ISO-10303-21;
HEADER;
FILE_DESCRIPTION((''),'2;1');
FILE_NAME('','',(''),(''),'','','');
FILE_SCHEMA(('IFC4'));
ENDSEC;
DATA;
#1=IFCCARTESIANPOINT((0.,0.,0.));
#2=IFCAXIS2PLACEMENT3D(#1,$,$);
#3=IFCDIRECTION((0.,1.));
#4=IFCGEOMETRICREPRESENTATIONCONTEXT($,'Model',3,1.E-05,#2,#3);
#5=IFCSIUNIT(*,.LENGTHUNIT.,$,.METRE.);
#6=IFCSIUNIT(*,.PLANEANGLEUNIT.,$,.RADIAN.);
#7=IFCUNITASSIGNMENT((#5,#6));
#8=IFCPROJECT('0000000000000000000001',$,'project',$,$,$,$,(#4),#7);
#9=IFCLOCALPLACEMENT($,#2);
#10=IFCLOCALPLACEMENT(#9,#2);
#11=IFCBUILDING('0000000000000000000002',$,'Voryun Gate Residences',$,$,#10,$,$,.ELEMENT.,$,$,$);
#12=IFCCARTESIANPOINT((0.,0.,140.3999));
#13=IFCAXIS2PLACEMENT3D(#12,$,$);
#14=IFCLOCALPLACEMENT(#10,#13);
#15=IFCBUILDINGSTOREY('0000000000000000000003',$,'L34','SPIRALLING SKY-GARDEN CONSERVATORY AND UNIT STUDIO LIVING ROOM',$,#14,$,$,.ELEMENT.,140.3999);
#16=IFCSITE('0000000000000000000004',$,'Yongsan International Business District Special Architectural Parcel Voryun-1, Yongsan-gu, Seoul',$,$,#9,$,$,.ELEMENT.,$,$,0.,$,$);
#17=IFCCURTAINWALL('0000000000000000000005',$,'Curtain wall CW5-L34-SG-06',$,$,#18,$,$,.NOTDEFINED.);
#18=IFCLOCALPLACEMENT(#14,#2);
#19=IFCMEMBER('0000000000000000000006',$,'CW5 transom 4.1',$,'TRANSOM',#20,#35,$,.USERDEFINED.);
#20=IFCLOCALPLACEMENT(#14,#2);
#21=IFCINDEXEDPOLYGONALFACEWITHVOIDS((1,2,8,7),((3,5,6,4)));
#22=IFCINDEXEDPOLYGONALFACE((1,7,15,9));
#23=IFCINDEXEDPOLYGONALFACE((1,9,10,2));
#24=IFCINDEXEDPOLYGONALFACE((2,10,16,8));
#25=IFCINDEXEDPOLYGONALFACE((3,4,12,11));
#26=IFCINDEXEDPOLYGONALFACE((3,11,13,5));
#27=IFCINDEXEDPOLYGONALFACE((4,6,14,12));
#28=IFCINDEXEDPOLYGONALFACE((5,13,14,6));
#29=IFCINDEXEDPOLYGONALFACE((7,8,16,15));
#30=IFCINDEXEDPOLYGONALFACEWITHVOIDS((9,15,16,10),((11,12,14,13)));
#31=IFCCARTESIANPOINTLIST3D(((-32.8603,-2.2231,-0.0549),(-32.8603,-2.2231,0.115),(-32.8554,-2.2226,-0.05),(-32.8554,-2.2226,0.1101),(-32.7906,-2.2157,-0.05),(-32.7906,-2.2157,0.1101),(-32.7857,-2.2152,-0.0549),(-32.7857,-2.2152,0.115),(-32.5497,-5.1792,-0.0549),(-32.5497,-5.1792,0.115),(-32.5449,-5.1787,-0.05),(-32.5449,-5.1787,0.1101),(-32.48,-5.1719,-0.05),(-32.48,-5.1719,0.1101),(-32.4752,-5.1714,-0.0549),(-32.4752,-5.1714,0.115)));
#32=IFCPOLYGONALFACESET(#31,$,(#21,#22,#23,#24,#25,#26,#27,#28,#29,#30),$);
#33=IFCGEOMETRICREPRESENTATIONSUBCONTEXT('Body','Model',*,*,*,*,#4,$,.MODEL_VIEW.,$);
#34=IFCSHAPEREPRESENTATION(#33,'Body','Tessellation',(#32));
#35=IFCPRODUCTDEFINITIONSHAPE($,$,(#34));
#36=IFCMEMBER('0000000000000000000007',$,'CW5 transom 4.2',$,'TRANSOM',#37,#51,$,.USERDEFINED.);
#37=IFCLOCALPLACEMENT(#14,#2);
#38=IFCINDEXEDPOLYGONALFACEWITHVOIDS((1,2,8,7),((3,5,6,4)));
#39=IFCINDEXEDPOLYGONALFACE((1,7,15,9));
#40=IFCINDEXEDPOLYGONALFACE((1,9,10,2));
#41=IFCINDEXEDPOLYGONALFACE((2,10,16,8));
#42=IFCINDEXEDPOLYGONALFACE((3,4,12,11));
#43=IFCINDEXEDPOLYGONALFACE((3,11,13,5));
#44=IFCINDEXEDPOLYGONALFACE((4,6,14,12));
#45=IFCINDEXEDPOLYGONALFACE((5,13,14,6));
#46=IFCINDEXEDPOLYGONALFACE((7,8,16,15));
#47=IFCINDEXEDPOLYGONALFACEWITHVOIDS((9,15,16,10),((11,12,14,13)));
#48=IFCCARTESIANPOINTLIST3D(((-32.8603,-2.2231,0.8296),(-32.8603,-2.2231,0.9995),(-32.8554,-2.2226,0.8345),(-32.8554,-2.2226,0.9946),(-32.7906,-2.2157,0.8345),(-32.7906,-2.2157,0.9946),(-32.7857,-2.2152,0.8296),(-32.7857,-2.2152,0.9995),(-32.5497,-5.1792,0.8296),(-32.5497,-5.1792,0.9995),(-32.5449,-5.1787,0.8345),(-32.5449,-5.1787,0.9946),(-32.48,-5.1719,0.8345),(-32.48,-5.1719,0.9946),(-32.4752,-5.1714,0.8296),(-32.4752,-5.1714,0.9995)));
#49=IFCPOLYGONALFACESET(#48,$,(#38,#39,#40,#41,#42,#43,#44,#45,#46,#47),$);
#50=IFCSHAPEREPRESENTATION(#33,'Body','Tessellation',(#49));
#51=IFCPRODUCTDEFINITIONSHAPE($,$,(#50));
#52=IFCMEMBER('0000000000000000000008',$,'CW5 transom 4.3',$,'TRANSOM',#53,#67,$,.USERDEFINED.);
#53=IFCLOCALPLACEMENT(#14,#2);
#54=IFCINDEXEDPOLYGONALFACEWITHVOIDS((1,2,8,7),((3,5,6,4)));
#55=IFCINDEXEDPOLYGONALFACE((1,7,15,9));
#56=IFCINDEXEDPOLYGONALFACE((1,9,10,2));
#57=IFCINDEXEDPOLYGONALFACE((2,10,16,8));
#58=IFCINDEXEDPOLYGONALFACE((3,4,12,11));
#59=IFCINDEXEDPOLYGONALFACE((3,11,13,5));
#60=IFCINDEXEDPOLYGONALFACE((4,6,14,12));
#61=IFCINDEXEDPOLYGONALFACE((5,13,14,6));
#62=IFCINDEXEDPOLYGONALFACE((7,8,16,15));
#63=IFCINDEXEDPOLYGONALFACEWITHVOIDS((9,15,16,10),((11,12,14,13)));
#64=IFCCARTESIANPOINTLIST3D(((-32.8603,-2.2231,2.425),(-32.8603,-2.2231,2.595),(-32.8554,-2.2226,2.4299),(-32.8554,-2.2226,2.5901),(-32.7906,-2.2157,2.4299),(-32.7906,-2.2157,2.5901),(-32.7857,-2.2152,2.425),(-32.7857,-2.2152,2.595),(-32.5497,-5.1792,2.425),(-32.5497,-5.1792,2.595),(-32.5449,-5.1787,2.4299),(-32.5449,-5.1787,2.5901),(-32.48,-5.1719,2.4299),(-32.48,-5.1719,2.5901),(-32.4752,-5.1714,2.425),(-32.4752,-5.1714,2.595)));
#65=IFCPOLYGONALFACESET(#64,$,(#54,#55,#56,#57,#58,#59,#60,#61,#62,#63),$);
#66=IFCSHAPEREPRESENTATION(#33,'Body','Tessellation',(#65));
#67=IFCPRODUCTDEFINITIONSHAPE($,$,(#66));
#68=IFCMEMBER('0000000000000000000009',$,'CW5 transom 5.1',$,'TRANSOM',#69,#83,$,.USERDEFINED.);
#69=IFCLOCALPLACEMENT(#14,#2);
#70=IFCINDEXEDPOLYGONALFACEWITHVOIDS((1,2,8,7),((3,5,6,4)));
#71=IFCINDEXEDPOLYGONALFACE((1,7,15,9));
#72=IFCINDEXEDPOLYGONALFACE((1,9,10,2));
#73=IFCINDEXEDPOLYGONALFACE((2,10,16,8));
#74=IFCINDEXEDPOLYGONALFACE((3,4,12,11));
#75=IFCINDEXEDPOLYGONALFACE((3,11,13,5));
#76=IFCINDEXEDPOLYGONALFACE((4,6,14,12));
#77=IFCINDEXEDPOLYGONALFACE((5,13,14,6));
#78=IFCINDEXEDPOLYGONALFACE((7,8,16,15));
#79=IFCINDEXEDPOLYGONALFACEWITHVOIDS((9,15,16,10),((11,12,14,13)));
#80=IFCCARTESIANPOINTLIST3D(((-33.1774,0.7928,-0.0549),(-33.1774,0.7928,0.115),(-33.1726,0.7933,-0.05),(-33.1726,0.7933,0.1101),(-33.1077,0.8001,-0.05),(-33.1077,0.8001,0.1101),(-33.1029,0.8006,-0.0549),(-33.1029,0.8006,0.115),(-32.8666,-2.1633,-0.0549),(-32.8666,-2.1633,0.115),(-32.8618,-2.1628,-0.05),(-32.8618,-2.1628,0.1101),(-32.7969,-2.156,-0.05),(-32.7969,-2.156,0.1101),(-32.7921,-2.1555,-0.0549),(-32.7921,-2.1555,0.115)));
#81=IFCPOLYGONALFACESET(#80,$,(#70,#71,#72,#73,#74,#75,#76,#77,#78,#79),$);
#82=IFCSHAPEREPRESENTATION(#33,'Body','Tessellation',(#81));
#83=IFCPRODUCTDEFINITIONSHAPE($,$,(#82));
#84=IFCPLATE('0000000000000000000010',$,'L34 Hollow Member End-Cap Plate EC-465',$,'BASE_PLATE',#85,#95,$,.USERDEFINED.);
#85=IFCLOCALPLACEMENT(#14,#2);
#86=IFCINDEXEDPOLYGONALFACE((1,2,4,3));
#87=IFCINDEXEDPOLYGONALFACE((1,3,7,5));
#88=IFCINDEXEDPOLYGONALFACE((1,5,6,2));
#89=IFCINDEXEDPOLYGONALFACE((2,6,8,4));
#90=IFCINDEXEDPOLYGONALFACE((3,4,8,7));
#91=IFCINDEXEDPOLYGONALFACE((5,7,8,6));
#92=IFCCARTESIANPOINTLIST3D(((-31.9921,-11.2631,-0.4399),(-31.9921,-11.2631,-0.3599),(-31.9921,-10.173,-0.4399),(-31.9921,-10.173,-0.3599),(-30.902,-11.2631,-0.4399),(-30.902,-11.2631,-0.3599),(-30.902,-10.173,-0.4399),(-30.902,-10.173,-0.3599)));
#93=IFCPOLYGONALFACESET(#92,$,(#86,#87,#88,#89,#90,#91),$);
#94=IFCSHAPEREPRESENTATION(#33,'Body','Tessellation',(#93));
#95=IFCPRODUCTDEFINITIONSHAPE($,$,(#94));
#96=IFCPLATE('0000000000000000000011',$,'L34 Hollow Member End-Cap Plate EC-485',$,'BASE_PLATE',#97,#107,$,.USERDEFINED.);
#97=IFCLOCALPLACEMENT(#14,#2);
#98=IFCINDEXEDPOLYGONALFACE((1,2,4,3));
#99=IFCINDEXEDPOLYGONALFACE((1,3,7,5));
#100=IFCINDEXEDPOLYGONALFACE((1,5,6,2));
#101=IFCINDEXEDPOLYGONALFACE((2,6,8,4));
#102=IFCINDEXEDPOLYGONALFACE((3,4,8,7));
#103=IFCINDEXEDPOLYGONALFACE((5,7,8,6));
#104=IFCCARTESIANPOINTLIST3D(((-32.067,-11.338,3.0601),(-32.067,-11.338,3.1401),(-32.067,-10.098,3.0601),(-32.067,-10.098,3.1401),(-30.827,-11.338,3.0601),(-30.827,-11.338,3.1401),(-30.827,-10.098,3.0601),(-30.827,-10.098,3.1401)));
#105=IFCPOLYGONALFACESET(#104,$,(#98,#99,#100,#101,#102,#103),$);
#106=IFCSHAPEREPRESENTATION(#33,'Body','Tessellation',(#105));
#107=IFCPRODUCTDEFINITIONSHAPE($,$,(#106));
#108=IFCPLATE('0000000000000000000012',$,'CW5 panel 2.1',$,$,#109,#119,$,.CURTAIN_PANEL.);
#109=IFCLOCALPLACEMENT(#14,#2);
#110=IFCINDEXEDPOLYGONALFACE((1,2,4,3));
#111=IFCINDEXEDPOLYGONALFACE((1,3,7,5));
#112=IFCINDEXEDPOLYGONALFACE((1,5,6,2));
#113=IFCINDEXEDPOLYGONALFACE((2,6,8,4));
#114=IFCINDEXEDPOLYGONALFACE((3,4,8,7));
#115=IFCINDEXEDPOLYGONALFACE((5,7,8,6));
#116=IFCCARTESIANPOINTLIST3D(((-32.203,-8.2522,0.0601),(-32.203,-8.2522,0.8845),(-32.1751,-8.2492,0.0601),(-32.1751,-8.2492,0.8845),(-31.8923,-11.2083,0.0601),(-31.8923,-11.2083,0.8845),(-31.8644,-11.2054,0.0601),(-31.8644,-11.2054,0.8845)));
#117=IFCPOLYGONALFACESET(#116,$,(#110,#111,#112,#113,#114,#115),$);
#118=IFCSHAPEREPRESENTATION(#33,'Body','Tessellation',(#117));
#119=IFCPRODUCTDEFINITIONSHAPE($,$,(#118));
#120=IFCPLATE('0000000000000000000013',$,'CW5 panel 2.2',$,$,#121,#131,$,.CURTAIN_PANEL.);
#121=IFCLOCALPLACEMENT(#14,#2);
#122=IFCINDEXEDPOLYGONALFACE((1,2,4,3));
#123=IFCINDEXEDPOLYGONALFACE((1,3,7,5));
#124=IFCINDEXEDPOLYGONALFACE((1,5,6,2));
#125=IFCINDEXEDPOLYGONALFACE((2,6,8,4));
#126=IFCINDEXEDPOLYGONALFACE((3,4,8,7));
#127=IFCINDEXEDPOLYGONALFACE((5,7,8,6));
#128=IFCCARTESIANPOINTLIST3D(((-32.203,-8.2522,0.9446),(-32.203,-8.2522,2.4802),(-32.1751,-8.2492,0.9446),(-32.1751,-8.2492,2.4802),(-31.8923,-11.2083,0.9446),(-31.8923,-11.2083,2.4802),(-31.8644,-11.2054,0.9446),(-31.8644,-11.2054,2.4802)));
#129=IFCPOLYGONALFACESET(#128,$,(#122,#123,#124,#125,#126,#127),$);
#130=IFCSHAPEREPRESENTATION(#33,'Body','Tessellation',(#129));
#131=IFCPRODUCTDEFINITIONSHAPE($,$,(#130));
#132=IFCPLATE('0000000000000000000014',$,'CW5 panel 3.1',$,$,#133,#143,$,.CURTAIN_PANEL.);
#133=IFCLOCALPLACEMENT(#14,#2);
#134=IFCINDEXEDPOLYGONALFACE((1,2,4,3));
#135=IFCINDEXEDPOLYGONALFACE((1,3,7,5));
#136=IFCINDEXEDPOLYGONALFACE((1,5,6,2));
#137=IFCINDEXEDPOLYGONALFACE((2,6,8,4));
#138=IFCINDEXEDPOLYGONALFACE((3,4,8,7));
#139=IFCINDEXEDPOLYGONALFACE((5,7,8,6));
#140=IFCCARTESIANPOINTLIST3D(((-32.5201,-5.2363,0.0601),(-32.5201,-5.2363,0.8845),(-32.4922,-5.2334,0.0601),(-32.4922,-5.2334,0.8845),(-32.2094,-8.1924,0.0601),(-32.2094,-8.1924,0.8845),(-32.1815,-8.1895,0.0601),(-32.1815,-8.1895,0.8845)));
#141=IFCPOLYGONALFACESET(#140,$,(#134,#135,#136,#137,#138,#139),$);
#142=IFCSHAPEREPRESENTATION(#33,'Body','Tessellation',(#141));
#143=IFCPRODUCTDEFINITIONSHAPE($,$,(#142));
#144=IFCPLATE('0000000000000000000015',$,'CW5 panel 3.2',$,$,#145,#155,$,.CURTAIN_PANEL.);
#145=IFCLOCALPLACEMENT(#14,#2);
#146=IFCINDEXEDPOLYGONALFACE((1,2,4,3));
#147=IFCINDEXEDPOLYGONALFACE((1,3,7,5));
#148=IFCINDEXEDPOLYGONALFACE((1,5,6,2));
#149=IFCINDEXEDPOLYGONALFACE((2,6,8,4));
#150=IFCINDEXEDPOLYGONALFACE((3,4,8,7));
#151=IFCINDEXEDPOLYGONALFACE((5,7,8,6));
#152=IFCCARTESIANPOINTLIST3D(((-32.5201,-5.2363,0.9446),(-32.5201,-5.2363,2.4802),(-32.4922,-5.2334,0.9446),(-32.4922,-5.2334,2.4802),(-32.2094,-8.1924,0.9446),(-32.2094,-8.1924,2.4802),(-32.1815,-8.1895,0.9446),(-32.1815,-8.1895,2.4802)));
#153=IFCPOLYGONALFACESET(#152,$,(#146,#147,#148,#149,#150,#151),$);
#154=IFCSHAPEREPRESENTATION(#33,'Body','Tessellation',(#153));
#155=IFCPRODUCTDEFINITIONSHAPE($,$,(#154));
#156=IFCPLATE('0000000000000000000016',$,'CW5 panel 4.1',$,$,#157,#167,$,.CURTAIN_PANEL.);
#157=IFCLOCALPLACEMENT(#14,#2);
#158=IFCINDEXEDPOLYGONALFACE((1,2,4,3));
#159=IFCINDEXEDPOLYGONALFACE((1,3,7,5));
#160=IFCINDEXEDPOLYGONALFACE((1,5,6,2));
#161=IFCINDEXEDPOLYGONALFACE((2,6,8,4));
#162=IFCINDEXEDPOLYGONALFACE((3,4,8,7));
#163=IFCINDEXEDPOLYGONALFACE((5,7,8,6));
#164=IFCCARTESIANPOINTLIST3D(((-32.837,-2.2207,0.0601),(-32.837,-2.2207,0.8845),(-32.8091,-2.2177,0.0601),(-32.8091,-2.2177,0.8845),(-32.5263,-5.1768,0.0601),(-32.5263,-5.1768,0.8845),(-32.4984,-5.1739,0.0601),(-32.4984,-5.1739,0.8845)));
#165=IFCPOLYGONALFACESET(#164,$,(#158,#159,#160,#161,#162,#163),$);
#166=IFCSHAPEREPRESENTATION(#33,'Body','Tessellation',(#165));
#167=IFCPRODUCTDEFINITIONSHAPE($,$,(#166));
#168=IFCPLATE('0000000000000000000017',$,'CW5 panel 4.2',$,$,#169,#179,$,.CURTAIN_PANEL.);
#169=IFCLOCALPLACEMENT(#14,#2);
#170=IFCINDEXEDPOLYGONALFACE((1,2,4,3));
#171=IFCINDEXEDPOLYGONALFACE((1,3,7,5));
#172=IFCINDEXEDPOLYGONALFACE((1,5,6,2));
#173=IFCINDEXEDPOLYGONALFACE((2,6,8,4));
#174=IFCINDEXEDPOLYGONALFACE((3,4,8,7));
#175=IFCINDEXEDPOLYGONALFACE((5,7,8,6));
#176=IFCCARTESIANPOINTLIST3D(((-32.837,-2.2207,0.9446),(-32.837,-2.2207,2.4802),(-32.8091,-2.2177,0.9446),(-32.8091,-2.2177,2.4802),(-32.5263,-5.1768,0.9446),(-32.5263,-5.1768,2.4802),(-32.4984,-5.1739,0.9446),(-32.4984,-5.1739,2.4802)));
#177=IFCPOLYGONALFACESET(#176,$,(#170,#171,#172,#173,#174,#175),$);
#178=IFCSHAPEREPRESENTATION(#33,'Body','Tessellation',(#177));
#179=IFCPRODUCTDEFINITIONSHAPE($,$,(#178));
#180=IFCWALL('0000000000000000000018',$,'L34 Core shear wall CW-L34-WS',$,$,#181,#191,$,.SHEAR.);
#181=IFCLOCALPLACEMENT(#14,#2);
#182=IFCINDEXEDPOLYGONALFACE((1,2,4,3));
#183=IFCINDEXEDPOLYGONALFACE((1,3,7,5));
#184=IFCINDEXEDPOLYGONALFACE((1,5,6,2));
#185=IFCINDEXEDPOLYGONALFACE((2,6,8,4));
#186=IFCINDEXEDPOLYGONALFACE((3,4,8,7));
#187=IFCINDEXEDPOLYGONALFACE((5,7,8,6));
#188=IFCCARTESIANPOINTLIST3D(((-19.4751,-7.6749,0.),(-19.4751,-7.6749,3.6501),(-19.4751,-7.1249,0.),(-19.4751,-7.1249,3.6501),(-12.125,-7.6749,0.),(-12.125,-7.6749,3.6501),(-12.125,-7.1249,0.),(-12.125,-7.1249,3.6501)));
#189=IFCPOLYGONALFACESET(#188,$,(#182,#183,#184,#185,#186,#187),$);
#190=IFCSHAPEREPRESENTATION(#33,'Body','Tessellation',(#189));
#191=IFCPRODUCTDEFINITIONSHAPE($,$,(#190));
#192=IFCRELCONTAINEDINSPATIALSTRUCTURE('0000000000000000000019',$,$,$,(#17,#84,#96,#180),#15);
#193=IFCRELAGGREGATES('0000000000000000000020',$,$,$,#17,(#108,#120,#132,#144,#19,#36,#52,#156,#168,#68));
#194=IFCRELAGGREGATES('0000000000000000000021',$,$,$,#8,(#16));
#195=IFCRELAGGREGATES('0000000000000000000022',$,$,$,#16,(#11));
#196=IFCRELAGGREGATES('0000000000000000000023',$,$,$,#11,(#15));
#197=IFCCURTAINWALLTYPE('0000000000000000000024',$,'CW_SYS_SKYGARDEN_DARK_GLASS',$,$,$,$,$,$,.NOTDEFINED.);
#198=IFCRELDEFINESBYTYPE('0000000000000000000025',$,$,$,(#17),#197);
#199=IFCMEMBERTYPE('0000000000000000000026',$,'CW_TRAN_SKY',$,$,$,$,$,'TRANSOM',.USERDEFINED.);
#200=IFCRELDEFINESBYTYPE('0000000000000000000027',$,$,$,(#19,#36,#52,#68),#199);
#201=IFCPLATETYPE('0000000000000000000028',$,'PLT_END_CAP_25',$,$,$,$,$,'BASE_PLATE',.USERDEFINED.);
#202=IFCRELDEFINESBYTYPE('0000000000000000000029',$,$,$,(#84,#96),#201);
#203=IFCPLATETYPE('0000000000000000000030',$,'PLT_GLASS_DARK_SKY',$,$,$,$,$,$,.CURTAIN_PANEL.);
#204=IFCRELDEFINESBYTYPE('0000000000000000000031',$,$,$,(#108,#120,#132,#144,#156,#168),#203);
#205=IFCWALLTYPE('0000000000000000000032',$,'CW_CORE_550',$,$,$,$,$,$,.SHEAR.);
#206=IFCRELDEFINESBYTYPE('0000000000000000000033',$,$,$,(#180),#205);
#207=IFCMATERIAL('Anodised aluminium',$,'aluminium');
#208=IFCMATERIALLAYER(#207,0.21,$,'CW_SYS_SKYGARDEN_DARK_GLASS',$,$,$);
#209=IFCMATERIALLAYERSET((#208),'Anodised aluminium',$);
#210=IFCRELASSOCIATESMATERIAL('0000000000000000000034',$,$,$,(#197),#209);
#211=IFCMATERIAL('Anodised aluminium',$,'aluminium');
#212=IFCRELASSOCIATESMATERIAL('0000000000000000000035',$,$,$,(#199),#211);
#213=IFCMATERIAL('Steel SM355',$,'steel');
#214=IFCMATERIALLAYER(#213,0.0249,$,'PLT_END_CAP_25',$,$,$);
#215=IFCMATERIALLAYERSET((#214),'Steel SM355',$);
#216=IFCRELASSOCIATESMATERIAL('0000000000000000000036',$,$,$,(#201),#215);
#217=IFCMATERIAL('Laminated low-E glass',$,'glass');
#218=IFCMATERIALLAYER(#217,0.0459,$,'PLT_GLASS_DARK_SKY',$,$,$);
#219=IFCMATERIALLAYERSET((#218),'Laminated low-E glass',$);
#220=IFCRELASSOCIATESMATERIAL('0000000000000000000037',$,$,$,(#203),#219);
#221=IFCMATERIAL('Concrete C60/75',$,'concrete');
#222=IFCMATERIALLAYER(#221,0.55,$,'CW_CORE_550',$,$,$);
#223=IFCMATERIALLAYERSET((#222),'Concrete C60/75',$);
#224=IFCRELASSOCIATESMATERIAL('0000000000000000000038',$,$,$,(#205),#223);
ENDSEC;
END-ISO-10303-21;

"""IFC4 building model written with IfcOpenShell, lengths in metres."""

from ifc_helpers import new_model, si_unit, direction, frame, frame_2d, origin, origin_2d, place, context, subcontext, project, spatial, rectangle, hollow_rectangle, extrude, material, layer, layer_set, material_profile, profile_set, type_object, element, aggregate, save


model = new_model("IFC4")

# Units and contexts
model_context = context("Model", 3, precision=1e-05, world=origin(), true_north=direction((0.0, 1.0)))
body_context = subcontext(model_context, "Body", "Model", "MODEL_VIEW")
ifc_project = project(units=[si_unit("LENGTHUNIT", "METRE"), si_unit("PLANEANGLEUNIT", "RADIAN")], contexts=[model_context])

# Site, building, storey
site_placement = place(None, origin())
site = spatial("IfcSite", under=ifc_project, at=site_placement, Name="Yongsan International Business District Special Architectural Parcel Voryun-1, Yongsan-gu, Seoul", CompositionType="ELEMENT", RefElevation=0.0)
building_placement = place(site_placement, origin())
building = spatial("IfcBuilding", under=site, at=building_placement, Name="Voryun Gate Residences", CompositionType="ELEMENT")
storey_placement = place(building_placement, frame((0.0, 0.0, 140.3999)))
storey = spatial("IfcBuildingStorey", under=building, at=storey_placement, Name="L34", Description="SPIRALLING SKY-GARDEN CONSERVATORY AND UNIT STUDIO LIVING ROOM", CompositionType="ELEMENT", Elevation=140.3999)

# Curtain wall, members
ifc_material_1 = material(Name="Anodised aluminium", Category="aluminium")
ifc_layer_1 = layer(ifc_material_1, 0.21, Name="CW_SYS_SKYGARDEN_DARK_GLASS")
ifc_layer_set_1 = layer_set([ifc_layer_1], Name="Anodised aluminium")
curtain_wall_type = type_object("IfcCurtainWallType", Name="CW_SYS_SKYGARDEN_DARK_GLASS", PredefinedType="NOTDEFINED", material=ifc_layer_set_1)
curtain_wall_placement = place(storey_placement, origin())
curtain_wall = element("IfcCurtainWall", 1, at=curtain_wall_placement, inside=storey, type_object=curtain_wall_type, Name="Curtain wall CW5-L34-SG-06", PredefinedType="NOTDEFINED")
ifc_material_2 = material(Name="Anodised aluminium", Category="aluminium")
ifc_material_profile_1 = material_profile(ifc_material_2, hollow_rectangle(XDim=0.075, YDim=0.1699, WallThickness=0.0049, at=origin_2d()), Name="ALU-TRAN-170x75x5")
ifc_profile_set_1 = profile_set([ifc_material_profile_1], Name="Anodised aluminium")
member_type_1 = type_object("IfcMemberType", Name="CW_TRAN_SKY", ElementType="TRANSOM", PredefinedType="USERDEFINED", material=ifc_profile_set_1)
member_1_placement = place(storey_placement, frame((-32.5125, -5.1753, 0.03), z_axis=(-0.10448, 0.994527, 0.0), x_axis=(-0.994527, -0.10448, 0.0)))
member_1 = element("IfcMember", 2, at=member_1_placement, type_object=member_type_1, Name="CW5 transom 4.1", ObjectType="TRANSOM", PredefinedType="USERDEFINED", context=body_context, shape_type="SweptSolid", body=[
    extrude(hollow_rectangle(XDim=0.075, YDim=0.1699, WallThickness=0.0049, at=origin_2d()), origin(), (0.0, 0.0, 1.0), 2.9724),
])
member_2_placement = place(storey_placement, frame((-32.5125, -5.1753, 0.9146), z_axis=(-0.10448, 0.994527, 0.0), x_axis=(-0.994527, -0.10448, 0.0)))
member_2 = element("IfcMember", 3, at=member_2_placement, type_object=member_type_1, Name="CW5 transom 4.2", ObjectType="TRANSOM", PredefinedType="USERDEFINED", context=body_context, shape_type="SweptSolid", body=[
    extrude(hollow_rectangle(XDim=0.075, YDim=0.1699, WallThickness=0.0049, at=origin_2d()), origin(), (0.0, 0.0, 1.0), 2.9724),
])
member_3_placement = place(storey_placement, frame((-32.5125, -5.1753, 2.51), z_axis=(-0.10448, 0.994527, 0.0), x_axis=(-0.994527, -0.10448, 0.0)))
member_3 = element("IfcMember", 4, at=member_3_placement, type_object=member_type_1, Name="CW5 transom 4.3", ObjectType="TRANSOM", PredefinedType="USERDEFINED", context=body_context, shape_type="SweptSolid", body=[
    extrude(hollow_rectangle(XDim=0.075, YDim=0.1699, WallThickness=0.0049, at=origin_2d()), origin(), (0.0, 0.0, 1.0), 2.9724),
])
member_4_placement = place(storey_placement, frame((-32.8293, -2.1594, 0.03), z_axis=(-0.104561, 0.994518, 0.0), x_axis=(-0.994518, -0.104561, 0.0)))
member_4 = element("IfcMember", 5, at=member_4_placement, type_object=member_type_1, Name="CW5 transom 5.1", ObjectType="TRANSOM", PredefinedType="USERDEFINED", context=body_context, shape_type="SweptSolid", body=[
    extrude(hollow_rectangle(XDim=0.075, YDim=0.1699, WallThickness=0.0049, at=origin_2d()), origin(), (0.0, 0.0, 1.0), 2.9724),
])

# Plates
ifc_material_3 = material(Name="Steel SM355", Category="steel")
ifc_layer_2 = layer(ifc_material_3, 0.0249, Name="PLT_END_CAP_25")
ifc_layer_set_2 = layer_set([ifc_layer_2], Name="Steel SM355")
plate_type_1 = type_object("IfcPlateType", Name="PLT_END_CAP_25", ElementType="BASE_PLATE", PredefinedType="USERDEFINED", material=ifc_layer_set_2)
plate_1_placement = place(storey_placement, frame((-31.447, -10.718, -0.4399), z_axis=(0.0, 0.0, 1.0), x_axis=(1.0, 0.0, 0.0)))
element("IfcPlate", 6, at=plate_1_placement, inside=storey, type_object=plate_type_1, Name="L34 Hollow Member End-Cap Plate EC-465", ObjectType="BASE_PLATE", PredefinedType="USERDEFINED", context=body_context, shape_type="SweptSolid", body=[
    extrude(rectangle(XDim=1.0901, YDim=1.0901, at=origin_2d()), origin(), (0.0, 0.0, 1.0), 0.0801),
])
plate_2_placement = place(storey_placement, frame((-31.447, -10.718, 3.0601), z_axis=(0.0, 0.0, 1.0), x_axis=(1.0, 0.0, 0.0)))
element("IfcPlate", 7, at=plate_2_placement, inside=storey, type_object=plate_type_1, Name="L34 Hollow Member End-Cap Plate EC-485", ObjectType="BASE_PLATE", PredefinedType="USERDEFINED", context=body_context, shape_type="SweptSolid", body=[
    extrude(rectangle(XDim=1.24, YDim=1.24, at=origin_2d()), origin(), (0.0, 0.0, 1.0), 0.0801),
])

# Plates
ifc_material_4 = material(Name="Laminated low-E glass", Category="glass")
ifc_layer_3 = layer(ifc_material_4, 0.0459, Name="PLT_GLASS_DARK_SKY")
ifc_layer_set_3 = layer_set([ifc_layer_3], Name="Laminated low-E glass")
plate_type_2 = type_object("IfcPlateType", Name="PLT_GLASS_DARK_SKY", PredefinedType="CURTAIN_PANEL", material=ifc_layer_set_3)
plate_3_placement = place(storey_placement, frame((-32.0337, -9.7288, 0.0601), z_axis=(0.0, 0.0, 1.0), x_axis=(-0.10453, 0.994522, 0.0)))
plate_3 = element("IfcPlate", 8, at=plate_3_placement, type_object=plate_type_2, Name="CW5 panel 2.1", PredefinedType="CURTAIN_PANEL", context=body_context, shape_type="SweptSolid", body=[
    extrude(rectangle(XDim=2.9724, YDim=0.0281, at=origin_2d()), origin(), (0.0, 0.0, 1.0), 0.8245),
])
plate_4_placement = place(storey_placement, frame((-32.0337, -9.7288, 0.9446), z_axis=(0.0, 0.0, 1.0), x_axis=(-0.10453, 0.994522, 0.0)))
plate_4 = element("IfcPlate", 9, at=plate_4_placement, type_object=plate_type_2, Name="CW5 panel 2.2", PredefinedType="CURTAIN_PANEL", context=body_context, shape_type="SweptSolid", body=[
    extrude(rectangle(XDim=2.9724, YDim=0.0281, at=origin_2d()), origin(), (0.0, 0.0, 1.0), 1.5356),
])
plate_5_placement = place(storey_placement, frame((-32.3508, -6.7129, 0.0601), z_axis=(0.0, 0.0, 1.0), x_axis=(-0.10453, 0.994522, 0.0)))
plate_5 = element("IfcPlate", 10, at=plate_5_placement, type_object=plate_type_2, Name="CW5 panel 3.1", PredefinedType="CURTAIN_PANEL", context=body_context, shape_type="SweptSolid", body=[
    extrude(rectangle(XDim=2.9724, YDim=0.0281, at=origin_2d()), origin(), (0.0, 0.0, 1.0), 0.8245),
])
plate_6_placement = place(storey_placement, frame((-32.3508, -6.7129, 0.9446), z_axis=(0.0, 0.0, 1.0), x_axis=(-0.10453, 0.994522, 0.0)))
plate_6 = element("IfcPlate", 11, at=plate_6_placement, type_object=plate_type_2, Name="CW5 panel 3.2", PredefinedType="CURTAIN_PANEL", context=body_context, shape_type="SweptSolid", body=[
    extrude(rectangle(XDim=2.9724, YDim=0.0281, at=origin_2d()), origin(), (0.0, 0.0, 1.0), 1.5356),
])
plate_7_placement = place(storey_placement, frame((-32.6677, -3.6973, 0.0601), z_axis=(0.0, 0.0, 1.0), x_axis=(-0.10453, 0.994522, 0.0)))
plate_7 = element("IfcPlate", 12, at=plate_7_placement, type_object=plate_type_2, Name="CW5 panel 4.1", PredefinedType="CURTAIN_PANEL", context=body_context, shape_type="SweptSolid", body=[
    extrude(rectangle(XDim=2.9724, YDim=0.0281, at=origin_2d()), origin(), (0.0, 0.0, 1.0), 0.8245),
])
plate_8_placement = place(storey_placement, frame((-32.6677, -3.6973, 0.9446), z_axis=(0.0, 0.0, 1.0), x_axis=(-0.10453, 0.994522, 0.0)))
plate_8 = element("IfcPlate", 13, at=plate_8_placement, type_object=plate_type_2, Name="CW5 panel 4.2", PredefinedType="CURTAIN_PANEL", context=body_context, shape_type="SweptSolid", body=[
    extrude(rectangle(XDim=2.9724, YDim=0.0281, at=origin_2d()), origin(), (0.0, 0.0, 1.0), 1.5356),
])
aggregate(curtain_wall, [plate_3, plate_4, plate_5, plate_6, member_1, member_2, member_3, plate_7, plate_8, member_4])

# Wall
ifc_material_5 = material(Name="Concrete C60/75", Category="concrete")
ifc_layer_4 = layer(ifc_material_5, 0.55, Name="CW_CORE_550")
ifc_layer_set_4 = layer_set([ifc_layer_4], Name="Concrete C60/75")
wall_type_1 = type_object("IfcWallType", Name="CW_CORE_550", PredefinedType="SHEAR", material=ifc_layer_set_4)
wall_1_placement = place(storey_placement, frame((-19.4751, -7.3999, 0.0), z_axis=(0.0, 0.0, 1.0), x_axis=(1.0, 0.0, 0.0)))
element("IfcWall", 14, at=wall_1_placement, inside=storey, type_object=wall_type_1, Name="L34 Core shear wall CW-L34-WS", PredefinedType="SHEAR", context=body_context, shape_type="SweptSolid", body=[
    extrude(rectangle(XDim=7.3501, YDim=0.55, at=frame_2d((3.675, 0.0))), origin(), (0.0, 0.0, 1.0), 3.6501),
])

save(model, "model.ifc")
